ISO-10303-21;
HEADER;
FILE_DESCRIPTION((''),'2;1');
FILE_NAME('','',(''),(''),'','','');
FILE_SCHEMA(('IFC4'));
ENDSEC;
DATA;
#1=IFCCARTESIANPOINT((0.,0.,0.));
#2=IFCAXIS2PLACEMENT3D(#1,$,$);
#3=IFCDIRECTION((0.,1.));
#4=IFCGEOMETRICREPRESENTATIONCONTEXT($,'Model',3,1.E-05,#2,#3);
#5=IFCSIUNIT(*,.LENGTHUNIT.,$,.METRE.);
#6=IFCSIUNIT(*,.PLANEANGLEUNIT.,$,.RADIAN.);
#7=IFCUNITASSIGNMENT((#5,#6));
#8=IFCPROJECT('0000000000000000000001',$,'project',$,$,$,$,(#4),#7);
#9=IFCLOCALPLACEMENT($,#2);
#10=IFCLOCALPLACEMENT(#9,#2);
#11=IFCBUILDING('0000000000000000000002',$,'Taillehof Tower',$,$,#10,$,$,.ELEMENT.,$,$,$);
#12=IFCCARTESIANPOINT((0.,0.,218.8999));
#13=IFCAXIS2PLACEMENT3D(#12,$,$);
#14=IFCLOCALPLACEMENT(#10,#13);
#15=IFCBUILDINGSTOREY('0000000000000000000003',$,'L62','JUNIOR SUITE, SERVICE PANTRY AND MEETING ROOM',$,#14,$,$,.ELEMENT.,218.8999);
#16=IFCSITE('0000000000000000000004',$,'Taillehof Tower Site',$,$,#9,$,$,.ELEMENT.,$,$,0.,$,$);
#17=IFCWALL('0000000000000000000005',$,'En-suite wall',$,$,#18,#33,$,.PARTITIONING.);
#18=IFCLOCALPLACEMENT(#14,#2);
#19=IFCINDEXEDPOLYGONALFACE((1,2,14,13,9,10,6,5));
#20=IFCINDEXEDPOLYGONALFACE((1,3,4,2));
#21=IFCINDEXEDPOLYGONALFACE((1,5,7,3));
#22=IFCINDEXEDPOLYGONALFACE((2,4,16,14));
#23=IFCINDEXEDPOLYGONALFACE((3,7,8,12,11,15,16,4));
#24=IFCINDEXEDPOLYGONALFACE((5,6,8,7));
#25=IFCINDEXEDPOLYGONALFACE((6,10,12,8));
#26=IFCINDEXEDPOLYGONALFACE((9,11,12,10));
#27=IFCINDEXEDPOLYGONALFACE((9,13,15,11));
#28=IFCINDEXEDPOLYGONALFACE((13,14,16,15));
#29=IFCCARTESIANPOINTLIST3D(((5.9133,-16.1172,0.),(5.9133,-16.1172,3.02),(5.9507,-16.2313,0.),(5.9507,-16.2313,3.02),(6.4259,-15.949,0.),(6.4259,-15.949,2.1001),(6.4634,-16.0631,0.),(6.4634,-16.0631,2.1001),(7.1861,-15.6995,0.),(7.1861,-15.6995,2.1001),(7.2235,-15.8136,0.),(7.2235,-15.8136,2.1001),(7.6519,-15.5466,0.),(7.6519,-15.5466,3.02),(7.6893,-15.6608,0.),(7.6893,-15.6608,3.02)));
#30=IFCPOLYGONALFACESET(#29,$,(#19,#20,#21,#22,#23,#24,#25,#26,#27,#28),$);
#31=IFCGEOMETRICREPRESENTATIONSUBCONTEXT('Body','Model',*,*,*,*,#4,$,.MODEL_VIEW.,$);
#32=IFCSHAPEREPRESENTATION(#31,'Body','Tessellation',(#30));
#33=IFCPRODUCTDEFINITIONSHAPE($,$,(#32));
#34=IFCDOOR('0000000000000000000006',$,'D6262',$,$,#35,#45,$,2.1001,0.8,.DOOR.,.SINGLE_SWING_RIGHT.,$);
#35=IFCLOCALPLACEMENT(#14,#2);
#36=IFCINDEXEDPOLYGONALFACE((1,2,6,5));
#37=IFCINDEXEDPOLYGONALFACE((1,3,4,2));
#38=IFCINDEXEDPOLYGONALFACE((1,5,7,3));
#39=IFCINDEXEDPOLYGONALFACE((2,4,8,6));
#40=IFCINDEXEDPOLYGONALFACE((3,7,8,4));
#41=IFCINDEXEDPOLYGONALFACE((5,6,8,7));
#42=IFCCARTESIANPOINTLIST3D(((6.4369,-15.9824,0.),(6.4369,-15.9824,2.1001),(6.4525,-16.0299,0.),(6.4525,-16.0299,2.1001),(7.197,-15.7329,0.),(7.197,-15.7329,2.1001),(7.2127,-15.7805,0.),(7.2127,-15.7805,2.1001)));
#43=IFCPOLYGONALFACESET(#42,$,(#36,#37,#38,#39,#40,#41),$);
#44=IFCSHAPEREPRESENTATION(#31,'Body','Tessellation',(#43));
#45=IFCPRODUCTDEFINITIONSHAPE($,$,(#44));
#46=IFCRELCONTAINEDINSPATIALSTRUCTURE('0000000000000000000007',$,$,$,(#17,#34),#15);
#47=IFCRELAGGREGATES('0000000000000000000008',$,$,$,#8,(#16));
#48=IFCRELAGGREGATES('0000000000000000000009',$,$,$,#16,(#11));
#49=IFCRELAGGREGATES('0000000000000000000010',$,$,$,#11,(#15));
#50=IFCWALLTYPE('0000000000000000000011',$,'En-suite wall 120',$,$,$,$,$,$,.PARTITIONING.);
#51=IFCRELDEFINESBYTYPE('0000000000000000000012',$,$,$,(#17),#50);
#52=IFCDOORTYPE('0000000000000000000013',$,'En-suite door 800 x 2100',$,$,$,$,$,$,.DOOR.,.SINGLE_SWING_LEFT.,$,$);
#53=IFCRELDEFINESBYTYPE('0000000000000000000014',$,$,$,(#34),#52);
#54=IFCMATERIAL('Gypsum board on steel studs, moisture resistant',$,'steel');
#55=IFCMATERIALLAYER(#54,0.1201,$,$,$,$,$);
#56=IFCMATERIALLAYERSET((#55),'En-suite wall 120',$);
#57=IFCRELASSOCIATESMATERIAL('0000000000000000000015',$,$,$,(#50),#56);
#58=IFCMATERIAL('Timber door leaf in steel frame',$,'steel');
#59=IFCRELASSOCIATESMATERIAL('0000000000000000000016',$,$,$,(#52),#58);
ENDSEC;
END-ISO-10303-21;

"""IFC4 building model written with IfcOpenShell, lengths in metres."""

from ifc_helpers import new_model, si_unit, direction, frame, frame_2d, origin, place, context, subcontext, project, spatial, rectangle, extrude, material, layer, layer_set, type_object, element, fill, save


model = new_model("IFC4")

# Units and contexts
model_context = context("Model", 3, precision=1e-05, world=origin(), true_north=direction((0.0, 1.0)))
body_context = subcontext(model_context, "Body", "Model", "MODEL_VIEW")
ifc_project = project(units=[si_unit("LENGTHUNIT", "METRE"), si_unit("PLANEANGLEUNIT", "RADIAN")], contexts=[model_context])

# Site, building, storey
site_placement = place(None, origin())
site = spatial("IfcSite", under=ifc_project, at=site_placement, Name="Taillehof Tower Site", CompositionType="ELEMENT", RefElevation=0.0)
building_placement = place(site_placement, origin())
building = spatial("IfcBuilding", under=site, at=building_placement, Name="Taillehof Tower", CompositionType="ELEMENT")
storey_placement = place(building_placement, frame((0.0, 0.0, 218.8999)))
storey = spatial("IfcBuildingStorey", under=building, at=storey_placement, Name="L62", Description="JUNIOR SUITE, SERVICE PANTRY AND MEETING ROOM", CompositionType="ELEMENT", Elevation=218.8999)

# Wall, opening, door
ifc_material_1 = material(Name="Gypsum board on steel studs, moisture resistant", Category="steel")
ifc_layer_1 = layer(ifc_material_1, 0.1201)
ifc_layer_set_1 = layer_set([ifc_layer_1], Name="En-suite wall 120")
wall_type_1 = type_object("IfcWallType", Name="En-suite wall 120", PredefinedType="PARTITIONING", material=ifc_layer_set_1)
wall_1_placement = place(storey_placement, frame((5.9319, -16.1743, 0.0), z_axis=(0.0, 0.0, 1.0), x_axis=(0.950141, 0.311821, 0.0)))
wall_1 = element("IfcWall", 1, at=wall_1_placement, inside=storey, type_object=wall_type_1, Name="En-suite wall", PredefinedType="PARTITIONING", context=body_context, shape_type="SweptSolid", body=[
    extrude(rectangle(XDim=1.8298, YDim=0.1201, at=frame_2d((0.915, 0.0))), origin(), (0.0, 0.0, 1.0), 3.02),
])
opening_1_placement = place(wall_1_placement, frame((0.5398, 0.0, 0.0)))
opening_1 = element("IfcOpeningElement", 2, at=opening_1_placement, cuts=wall_1, PredefinedType="OPENING", context=body_context, shape_type="SweptSolid", body=[
    extrude(rectangle(XDim=0.8, YDim=2.1001, at=frame_2d((0.3999, 1.05))), frame((0.0, 0.0701, 0.0), z_axis=(0.0, -1.0, 0.0), x_axis=(1.0, 0.0, 0.0)), (0.0, 0.0, 1.0), 0.1401),
])
ifc_material_2 = material(Name="Timber door leaf in steel frame", Category="steel")
door_type = type_object("IfcDoorType", Name="En-suite door 800 x 2100", OperationType="SINGLE_SWING_LEFT", PredefinedType="DOOR", material=ifc_material_2)
door_placement = place(opening_1_placement, origin())
door = element("IfcDoor", 3, at=door_placement, inside=storey, type_object=door_type, Name="D6262", OperationType="SINGLE_SWING_RIGHT", OverallHeight=2.1001, OverallWidth=0.8, PredefinedType="DOOR", context=body_context, shape_type="SweptSolid", body=[
    extrude(rectangle(XDim=0.8, YDim=2.1001, at=frame_2d((0.3999, 1.05))), frame((0.0, 0.0249, 0.0), z_axis=(0.0, -1.0, 0.0), x_axis=(1.0, 0.0, 0.0)), (0.0, 0.0, 1.0), 0.05),
])
fill(opening_1, door)

save(model, "model.ifc")
